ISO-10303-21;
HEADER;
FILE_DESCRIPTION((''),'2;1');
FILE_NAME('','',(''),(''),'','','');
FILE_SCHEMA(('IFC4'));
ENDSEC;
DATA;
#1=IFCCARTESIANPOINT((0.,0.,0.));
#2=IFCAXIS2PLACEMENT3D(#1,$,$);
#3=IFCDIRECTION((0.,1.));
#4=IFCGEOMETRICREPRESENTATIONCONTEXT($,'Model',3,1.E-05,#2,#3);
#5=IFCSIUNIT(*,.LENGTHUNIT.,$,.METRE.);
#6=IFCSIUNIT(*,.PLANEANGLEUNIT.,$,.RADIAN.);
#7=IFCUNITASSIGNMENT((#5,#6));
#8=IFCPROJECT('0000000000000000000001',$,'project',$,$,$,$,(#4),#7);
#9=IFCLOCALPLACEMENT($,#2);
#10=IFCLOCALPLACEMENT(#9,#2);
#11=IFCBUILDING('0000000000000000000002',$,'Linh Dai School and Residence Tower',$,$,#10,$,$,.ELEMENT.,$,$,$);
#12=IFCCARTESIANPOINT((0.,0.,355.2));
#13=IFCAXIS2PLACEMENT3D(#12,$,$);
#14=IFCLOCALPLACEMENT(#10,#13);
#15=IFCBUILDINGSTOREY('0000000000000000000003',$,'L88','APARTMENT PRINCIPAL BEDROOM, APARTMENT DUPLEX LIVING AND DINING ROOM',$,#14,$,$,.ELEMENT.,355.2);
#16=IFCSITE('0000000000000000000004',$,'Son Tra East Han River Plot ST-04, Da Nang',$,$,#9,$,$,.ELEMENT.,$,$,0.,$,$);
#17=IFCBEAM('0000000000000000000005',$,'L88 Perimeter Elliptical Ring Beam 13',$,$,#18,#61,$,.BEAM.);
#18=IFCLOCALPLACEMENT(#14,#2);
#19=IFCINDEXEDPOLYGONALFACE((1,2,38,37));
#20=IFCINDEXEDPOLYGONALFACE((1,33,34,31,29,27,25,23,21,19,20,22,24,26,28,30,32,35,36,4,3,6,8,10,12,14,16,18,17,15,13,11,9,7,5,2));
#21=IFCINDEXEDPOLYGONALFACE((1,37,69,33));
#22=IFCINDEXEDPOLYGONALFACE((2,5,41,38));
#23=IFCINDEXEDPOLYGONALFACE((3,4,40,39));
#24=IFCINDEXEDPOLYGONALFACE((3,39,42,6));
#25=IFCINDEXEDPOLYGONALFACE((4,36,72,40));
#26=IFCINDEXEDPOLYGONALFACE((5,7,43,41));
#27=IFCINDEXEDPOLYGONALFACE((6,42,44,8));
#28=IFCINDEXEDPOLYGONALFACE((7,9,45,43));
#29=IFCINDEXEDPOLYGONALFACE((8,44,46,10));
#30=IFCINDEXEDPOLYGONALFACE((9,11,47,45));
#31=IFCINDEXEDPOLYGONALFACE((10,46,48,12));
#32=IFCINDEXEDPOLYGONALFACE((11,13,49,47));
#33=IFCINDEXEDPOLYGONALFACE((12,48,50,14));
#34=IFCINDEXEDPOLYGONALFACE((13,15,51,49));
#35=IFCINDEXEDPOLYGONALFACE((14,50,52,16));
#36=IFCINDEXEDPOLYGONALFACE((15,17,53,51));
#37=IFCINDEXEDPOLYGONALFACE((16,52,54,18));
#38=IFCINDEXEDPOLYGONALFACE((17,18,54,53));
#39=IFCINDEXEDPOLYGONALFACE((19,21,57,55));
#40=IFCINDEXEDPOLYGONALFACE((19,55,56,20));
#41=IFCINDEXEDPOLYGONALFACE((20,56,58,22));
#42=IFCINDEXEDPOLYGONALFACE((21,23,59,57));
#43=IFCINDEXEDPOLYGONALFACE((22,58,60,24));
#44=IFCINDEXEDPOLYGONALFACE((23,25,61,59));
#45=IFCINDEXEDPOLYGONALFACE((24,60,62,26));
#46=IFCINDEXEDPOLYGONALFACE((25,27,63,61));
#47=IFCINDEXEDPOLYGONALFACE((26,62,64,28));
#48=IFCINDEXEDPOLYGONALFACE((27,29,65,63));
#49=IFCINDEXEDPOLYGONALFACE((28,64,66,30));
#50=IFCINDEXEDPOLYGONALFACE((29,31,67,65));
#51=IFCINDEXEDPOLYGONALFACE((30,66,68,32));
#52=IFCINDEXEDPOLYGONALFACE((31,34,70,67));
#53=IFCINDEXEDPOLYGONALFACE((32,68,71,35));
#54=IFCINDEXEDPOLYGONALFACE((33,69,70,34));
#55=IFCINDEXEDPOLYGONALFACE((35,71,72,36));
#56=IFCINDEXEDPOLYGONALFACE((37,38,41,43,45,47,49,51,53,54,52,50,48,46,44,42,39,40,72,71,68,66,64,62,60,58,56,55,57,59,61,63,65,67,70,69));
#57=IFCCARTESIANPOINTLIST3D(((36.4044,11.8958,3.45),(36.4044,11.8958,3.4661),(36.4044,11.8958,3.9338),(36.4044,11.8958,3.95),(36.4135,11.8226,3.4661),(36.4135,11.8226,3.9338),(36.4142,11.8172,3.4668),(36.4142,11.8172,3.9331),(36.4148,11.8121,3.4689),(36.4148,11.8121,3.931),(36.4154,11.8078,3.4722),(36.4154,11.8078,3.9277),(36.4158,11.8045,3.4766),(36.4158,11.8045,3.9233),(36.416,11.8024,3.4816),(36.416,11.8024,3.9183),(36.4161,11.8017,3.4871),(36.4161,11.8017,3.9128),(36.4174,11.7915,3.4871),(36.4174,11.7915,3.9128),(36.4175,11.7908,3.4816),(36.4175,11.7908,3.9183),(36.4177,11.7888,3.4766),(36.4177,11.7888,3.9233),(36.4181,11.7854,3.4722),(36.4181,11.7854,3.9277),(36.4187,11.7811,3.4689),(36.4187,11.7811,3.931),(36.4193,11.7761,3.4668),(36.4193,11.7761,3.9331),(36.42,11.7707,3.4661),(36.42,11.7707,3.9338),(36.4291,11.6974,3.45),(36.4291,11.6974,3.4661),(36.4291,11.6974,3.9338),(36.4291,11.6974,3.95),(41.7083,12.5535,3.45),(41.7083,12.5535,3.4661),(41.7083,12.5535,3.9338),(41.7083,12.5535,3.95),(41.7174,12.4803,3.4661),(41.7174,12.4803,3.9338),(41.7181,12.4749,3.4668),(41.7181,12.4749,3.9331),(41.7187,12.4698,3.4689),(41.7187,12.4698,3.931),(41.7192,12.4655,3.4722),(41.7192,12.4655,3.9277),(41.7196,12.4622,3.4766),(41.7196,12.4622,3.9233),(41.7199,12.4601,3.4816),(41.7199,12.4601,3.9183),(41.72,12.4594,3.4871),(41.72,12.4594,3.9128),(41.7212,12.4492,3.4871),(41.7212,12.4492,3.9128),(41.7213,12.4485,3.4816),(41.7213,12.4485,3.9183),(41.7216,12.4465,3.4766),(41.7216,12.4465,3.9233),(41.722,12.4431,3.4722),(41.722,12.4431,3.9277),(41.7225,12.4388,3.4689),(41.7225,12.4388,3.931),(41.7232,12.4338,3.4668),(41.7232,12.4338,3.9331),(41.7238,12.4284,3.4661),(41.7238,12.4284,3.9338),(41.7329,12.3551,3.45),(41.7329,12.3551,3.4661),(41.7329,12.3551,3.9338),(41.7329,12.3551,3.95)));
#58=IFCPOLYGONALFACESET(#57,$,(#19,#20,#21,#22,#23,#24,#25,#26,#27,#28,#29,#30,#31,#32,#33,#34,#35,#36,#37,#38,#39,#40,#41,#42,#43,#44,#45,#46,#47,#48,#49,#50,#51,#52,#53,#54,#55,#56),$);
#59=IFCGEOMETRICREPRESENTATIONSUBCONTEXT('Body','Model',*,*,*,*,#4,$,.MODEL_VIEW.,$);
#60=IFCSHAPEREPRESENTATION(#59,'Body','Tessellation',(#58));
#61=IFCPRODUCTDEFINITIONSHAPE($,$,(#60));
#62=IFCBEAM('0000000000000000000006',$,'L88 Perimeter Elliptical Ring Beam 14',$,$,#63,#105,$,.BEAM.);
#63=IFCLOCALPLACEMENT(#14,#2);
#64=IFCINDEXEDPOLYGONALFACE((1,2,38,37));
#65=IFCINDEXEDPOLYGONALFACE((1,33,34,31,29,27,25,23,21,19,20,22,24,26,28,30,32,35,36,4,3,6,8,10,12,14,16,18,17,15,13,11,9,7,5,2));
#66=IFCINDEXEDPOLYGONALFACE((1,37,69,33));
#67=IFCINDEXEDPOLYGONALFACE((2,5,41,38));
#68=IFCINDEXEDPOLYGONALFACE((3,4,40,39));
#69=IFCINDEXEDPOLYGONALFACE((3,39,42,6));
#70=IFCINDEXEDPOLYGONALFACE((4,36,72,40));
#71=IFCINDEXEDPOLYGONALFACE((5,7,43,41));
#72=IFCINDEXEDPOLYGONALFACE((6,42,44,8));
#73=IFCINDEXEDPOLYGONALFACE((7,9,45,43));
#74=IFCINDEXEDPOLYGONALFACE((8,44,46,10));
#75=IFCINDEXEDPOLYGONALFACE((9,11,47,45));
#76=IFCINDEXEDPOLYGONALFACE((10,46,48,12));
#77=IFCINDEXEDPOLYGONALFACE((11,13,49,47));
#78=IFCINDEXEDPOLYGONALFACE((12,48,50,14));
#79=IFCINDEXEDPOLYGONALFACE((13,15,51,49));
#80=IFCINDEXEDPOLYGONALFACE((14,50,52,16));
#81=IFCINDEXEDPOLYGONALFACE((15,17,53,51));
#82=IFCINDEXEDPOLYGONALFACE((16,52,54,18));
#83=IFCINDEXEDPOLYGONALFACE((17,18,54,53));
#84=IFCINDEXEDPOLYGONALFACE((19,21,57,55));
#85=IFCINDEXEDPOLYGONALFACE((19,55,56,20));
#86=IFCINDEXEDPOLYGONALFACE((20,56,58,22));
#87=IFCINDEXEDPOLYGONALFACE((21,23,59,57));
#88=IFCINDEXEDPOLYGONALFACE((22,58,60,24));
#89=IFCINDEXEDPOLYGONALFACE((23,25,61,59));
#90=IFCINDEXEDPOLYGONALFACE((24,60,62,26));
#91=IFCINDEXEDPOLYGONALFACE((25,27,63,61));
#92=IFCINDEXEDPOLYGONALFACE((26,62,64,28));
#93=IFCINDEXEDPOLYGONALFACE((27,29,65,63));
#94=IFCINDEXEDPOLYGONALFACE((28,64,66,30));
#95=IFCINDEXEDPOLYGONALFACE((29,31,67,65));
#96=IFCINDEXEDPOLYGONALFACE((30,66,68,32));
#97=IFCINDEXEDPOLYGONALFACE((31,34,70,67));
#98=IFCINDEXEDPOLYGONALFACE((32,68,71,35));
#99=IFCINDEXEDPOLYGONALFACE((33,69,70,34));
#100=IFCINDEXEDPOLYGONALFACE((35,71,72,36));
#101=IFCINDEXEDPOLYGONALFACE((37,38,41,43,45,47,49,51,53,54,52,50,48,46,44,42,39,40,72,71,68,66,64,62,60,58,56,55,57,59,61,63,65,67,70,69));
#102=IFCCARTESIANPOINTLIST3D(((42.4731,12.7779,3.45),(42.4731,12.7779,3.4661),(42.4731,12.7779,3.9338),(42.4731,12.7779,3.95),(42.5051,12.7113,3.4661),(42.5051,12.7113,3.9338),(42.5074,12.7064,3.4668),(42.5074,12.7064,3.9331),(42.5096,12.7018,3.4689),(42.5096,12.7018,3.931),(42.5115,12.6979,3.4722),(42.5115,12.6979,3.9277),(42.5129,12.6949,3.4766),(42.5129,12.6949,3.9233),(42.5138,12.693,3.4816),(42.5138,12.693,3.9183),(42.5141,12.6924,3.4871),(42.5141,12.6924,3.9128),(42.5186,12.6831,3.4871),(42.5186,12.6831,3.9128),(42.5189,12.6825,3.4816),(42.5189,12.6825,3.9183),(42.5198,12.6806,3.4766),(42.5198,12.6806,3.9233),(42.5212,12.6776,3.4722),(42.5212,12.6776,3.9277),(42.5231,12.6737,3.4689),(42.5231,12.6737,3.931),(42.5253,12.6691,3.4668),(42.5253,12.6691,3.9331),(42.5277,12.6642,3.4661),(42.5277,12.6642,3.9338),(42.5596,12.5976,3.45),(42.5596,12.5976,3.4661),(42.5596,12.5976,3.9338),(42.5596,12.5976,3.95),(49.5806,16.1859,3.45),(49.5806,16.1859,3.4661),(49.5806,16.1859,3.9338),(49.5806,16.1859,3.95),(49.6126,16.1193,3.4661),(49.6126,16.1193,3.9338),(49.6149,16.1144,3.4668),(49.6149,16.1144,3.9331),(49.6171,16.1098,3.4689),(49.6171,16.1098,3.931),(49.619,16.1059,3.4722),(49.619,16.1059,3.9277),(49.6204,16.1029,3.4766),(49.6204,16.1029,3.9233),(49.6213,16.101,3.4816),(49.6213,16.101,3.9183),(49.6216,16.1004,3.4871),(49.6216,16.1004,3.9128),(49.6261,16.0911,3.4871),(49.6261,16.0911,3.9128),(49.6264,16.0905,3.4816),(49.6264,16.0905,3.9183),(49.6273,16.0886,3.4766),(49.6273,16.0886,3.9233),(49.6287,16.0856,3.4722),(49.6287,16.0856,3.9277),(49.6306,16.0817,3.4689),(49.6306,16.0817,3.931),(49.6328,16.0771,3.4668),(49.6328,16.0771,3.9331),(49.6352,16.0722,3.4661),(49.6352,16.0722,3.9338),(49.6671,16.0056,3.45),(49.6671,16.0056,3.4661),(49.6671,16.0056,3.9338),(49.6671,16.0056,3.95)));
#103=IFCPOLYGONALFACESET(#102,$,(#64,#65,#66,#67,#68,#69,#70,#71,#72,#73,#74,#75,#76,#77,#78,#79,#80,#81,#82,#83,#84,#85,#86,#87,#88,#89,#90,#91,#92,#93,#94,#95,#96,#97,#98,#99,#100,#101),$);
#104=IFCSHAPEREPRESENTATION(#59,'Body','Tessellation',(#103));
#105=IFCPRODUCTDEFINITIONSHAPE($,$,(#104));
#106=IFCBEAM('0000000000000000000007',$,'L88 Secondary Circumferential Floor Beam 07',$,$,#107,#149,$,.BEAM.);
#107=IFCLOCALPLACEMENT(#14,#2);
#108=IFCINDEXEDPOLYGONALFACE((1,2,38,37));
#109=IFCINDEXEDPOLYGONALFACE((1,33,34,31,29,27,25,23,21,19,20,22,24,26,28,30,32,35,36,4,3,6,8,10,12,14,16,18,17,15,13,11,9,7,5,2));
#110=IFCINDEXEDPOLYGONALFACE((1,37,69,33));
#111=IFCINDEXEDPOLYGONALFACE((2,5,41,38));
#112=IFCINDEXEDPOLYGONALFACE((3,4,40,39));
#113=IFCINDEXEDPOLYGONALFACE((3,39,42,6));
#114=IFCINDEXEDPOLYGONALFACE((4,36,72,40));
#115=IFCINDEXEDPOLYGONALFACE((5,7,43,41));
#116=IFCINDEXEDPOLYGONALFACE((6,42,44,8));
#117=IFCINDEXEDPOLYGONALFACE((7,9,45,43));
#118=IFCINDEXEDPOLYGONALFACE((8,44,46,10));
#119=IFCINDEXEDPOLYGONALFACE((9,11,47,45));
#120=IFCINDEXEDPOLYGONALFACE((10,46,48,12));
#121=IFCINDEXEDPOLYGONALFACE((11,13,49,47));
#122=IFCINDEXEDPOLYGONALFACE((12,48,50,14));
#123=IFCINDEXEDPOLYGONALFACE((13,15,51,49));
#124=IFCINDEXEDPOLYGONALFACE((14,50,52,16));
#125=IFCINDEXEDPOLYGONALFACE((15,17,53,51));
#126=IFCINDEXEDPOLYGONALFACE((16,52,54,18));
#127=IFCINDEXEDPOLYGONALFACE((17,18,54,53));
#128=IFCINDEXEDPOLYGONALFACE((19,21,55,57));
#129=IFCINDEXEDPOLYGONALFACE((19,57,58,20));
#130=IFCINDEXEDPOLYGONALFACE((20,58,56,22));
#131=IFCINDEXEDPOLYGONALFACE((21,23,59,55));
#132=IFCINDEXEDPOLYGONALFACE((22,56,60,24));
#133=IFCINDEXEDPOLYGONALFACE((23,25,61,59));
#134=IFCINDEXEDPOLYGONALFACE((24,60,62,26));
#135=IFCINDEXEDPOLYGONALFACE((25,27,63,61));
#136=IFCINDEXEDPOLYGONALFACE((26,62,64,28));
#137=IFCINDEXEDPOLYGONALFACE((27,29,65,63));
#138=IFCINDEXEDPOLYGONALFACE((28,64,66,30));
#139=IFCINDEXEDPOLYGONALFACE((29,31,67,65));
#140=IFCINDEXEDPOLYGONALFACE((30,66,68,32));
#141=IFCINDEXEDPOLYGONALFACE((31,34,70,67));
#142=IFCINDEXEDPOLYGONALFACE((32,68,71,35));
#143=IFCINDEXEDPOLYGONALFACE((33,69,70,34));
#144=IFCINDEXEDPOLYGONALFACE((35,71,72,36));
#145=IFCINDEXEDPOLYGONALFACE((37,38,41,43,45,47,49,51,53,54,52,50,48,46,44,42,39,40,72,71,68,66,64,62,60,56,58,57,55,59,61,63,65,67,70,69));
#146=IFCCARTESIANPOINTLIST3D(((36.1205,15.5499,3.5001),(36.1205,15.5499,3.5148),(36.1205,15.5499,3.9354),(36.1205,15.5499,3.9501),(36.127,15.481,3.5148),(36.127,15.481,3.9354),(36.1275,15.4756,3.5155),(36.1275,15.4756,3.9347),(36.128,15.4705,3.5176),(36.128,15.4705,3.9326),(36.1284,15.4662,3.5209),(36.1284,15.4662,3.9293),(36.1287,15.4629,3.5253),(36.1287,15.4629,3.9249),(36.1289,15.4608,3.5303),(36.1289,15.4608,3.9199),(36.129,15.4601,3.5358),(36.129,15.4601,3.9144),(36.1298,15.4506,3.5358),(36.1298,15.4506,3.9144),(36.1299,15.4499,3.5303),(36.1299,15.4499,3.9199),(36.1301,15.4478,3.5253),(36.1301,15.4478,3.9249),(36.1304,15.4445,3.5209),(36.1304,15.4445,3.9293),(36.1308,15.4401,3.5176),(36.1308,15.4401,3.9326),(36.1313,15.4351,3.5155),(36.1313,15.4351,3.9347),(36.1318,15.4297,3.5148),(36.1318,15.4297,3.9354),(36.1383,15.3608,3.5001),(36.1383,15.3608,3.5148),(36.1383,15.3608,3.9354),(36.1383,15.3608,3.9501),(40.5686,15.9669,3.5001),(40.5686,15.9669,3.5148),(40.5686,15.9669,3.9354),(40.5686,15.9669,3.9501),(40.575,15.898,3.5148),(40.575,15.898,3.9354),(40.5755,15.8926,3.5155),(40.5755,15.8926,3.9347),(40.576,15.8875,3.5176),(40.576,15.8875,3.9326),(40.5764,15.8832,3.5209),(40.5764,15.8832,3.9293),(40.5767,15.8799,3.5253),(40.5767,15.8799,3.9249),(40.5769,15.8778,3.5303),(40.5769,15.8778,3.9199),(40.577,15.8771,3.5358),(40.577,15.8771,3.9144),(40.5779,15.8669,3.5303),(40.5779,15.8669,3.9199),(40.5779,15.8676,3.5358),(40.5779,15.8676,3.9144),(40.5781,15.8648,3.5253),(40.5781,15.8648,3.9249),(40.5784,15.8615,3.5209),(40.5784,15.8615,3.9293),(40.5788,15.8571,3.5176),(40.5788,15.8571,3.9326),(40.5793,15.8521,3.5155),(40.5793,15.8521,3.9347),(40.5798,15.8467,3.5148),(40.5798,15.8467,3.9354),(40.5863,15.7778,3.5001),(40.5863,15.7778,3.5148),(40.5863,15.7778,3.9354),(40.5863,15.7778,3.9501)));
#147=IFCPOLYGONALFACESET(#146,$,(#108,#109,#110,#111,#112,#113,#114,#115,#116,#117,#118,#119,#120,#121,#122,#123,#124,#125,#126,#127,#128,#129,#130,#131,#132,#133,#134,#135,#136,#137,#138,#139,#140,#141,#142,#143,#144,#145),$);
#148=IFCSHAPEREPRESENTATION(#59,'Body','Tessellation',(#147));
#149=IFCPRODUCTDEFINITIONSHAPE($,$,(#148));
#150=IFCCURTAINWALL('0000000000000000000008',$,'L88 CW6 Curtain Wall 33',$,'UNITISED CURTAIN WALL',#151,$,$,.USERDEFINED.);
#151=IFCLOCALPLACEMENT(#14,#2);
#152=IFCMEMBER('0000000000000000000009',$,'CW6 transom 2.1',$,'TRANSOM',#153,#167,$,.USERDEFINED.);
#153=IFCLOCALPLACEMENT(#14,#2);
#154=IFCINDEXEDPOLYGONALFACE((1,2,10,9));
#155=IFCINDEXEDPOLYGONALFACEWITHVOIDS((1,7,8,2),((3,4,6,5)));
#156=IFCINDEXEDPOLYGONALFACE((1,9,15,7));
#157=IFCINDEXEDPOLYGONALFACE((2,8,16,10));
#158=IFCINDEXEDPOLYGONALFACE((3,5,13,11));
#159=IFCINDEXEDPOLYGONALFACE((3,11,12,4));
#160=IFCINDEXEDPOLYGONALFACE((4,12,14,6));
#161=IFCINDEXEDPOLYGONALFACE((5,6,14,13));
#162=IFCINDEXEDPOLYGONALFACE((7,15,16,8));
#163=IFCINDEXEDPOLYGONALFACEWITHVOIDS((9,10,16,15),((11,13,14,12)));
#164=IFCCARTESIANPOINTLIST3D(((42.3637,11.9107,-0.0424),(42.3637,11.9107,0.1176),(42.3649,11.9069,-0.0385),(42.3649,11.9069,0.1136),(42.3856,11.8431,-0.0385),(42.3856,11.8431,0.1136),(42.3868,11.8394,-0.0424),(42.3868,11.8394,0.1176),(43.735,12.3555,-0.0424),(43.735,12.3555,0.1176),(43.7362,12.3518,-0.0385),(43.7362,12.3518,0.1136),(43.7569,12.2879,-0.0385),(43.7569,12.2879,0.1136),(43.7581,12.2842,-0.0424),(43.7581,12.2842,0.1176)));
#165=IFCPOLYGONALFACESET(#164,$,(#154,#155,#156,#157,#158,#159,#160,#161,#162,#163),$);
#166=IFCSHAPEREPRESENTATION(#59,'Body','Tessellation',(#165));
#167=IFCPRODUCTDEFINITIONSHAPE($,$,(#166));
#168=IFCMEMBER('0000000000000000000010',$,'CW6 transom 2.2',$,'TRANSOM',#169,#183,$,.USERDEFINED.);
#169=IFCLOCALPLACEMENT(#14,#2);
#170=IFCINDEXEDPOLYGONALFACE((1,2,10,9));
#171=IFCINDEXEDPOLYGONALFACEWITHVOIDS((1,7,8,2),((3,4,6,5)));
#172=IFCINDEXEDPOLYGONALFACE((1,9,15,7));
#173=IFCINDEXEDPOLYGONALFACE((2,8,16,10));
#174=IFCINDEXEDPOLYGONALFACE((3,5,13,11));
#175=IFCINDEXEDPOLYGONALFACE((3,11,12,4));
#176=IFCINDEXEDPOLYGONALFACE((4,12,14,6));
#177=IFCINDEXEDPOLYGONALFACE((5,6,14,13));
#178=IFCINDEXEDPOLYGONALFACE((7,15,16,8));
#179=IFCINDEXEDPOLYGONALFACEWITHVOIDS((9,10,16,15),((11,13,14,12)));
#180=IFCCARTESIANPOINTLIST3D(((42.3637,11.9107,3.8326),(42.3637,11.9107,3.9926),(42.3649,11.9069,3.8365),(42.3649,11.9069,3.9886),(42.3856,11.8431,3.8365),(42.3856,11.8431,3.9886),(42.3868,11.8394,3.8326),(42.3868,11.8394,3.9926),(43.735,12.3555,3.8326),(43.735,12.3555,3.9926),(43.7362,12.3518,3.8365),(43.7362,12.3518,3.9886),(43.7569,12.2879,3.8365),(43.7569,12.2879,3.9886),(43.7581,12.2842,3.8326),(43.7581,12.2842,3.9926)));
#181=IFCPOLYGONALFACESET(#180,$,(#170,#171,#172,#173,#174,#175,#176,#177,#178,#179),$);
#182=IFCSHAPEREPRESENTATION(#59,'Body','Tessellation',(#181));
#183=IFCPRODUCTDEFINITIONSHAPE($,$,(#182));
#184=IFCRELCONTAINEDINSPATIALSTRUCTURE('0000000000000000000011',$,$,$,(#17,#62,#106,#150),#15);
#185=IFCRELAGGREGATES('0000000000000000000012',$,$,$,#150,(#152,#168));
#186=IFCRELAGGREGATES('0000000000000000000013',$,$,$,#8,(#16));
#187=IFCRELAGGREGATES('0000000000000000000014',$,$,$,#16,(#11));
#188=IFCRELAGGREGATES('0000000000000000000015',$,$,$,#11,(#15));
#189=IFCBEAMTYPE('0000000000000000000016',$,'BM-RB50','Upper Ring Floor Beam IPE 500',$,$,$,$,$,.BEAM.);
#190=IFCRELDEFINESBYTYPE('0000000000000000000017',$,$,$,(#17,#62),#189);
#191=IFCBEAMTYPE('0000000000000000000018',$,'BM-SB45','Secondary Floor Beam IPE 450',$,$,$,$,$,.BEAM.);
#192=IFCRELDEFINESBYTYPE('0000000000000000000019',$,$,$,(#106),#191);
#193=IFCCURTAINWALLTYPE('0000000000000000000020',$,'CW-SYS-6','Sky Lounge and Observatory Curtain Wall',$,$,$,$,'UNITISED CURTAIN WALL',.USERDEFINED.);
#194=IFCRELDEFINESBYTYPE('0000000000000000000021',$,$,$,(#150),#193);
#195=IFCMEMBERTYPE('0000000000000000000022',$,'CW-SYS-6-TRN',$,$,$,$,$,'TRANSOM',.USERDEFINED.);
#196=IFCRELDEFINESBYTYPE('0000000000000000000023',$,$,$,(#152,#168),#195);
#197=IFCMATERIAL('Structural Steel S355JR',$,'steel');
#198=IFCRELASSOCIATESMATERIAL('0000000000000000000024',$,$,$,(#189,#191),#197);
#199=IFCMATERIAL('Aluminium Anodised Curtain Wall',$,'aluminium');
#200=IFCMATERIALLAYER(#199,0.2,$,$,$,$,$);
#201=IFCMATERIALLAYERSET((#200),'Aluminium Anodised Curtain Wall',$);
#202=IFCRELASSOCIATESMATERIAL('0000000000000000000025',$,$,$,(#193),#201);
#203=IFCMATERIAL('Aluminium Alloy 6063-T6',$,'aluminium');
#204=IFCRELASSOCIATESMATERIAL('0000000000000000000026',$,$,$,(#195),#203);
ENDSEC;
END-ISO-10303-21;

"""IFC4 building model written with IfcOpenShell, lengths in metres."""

from ifc_helpers import new_model, si_unit, direction, frame, origin, origin_2d, place, context, subcontext, project, spatial, hollow_rectangle, i_section, extrude, source, transform, mapped, material, layer, layer_set, material_profile, profile_set, type_object, element, aggregate, save


model = new_model("IFC4")

# Units and contexts
model_context = context("Model", 3, precision=1e-05, world=origin(), true_north=direction((0.0, 1.0)))
body_context = subcontext(model_context, "Body", "Model", "MODEL_VIEW")
ifc_project = project(units=[si_unit("LENGTHUNIT", "METRE"), si_unit("PLANEANGLEUNIT", "RADIAN")], contexts=[model_context])

# Site, building, storey
site_placement = place(None, origin())
site = spatial("IfcSite", under=ifc_project, at=site_placement, Name="Son Tra East Han River Plot ST-04, Da Nang", CompositionType="ELEMENT", RefElevation=0.0)
building_placement = place(site_placement, origin())
building = spatial("IfcBuilding", under=site, at=building_placement, Name="Linh Dai School and Residence Tower", CompositionType="ELEMENT")
storey_placement = place(building_placement, frame((0.0, 0.0, 355.2)))
storey = spatial("IfcBuildingStorey", under=building, at=storey_placement, Name="L88", Description="APARTMENT PRINCIPAL BEDROOM, APARTMENT DUPLEX LIVING AND DINING ROOM", CompositionType="ELEMENT", Elevation=355.2)

# Shared definitions
ifc_material_1 = material(Name="Structural Steel S355JR", Category="steel")

# Beams
ifc_material_profile_1 = material_profile(ifc_material_1, i_section(OverallWidth=0.2, OverallDepth=0.5, WebThickness=0.0103, FlangeThickness=0.0161, FilletRadius=0.021, at=origin_2d()), Name="IPE 500")
ifc_profile_set_1 = profile_set([ifc_material_profile_1], Name="Structural Steel S355JR")
beam_type_1 = type_object("IfcBeamType", Name="BM-RB50", Description="Upper Ring Floor Beam IPE 500", PredefinedType="BEAM", material=ifc_profile_set_1)
beam_1_placement = place(storey_placement, frame((36.4167, 11.7966, 3.7), z_axis=(0.992399, 0.123062, 0.0), x_axis=(-0.123062, 0.992399, 0.0)))
element("IfcBeam", 1, at=beam_1_placement, inside=storey, type_object=beam_type_1, Name="L88 Perimeter Elliptical Ring Beam 13", PredefinedType="BEAM", context=body_context, shape_type="SweptSolid", body=[
    extrude(i_section(OverallWidth=0.2, OverallDepth=0.5, WebThickness=0.0103, FlangeThickness=0.0161, FilletRadius=0.021, at=origin_2d()), origin(), (0.0, 0.0, 1.0), 5.3445),
])
beam_2_placement = place(storey_placement, frame((42.5164, 12.6877, 3.7), z_axis=(0.901701, 0.432359, 0.0), x_axis=(-0.432359, 0.901701, 0.0)))
element("IfcBeam", 2, at=beam_2_placement, inside=storey, type_object=beam_type_1, Name="L88 Perimeter Elliptical Ring Beam 14", PredefinedType="BEAM", context=body_context, shape_type="SweptSolid", body=[
    extrude(i_section(OverallWidth=0.2, OverallDepth=0.5, WebThickness=0.0103, FlangeThickness=0.0161, FilletRadius=0.021, at=origin_2d()), origin(), (0.0, 0.0, 1.0), 7.8823),
])
ifc_material_profile_2 = material_profile(ifc_material_1, i_section(OverallWidth=0.1899, OverallDepth=0.45, WebThickness=0.0095, FlangeThickness=0.0146, FilletRadius=0.021, at=origin_2d()), Name="IPE 450")
ifc_profile_set_2 = profile_set([ifc_material_profile_2], Name="Structural Steel S355JR")
beam_type_2 = type_object("IfcBeamType", Name="BM-SB45", Description="Secondary Floor Beam IPE 450", PredefinedType="BEAM", material=ifc_profile_set_2)
beam_3_placement = place(storey_placement, frame((36.1294, 15.4553, 3.7251), z_axis=(0.995634, 0.093339, 0.0), x_axis=(-0.093339, 0.995634, 0.0)))
element("IfcBeam", 3, at=beam_3_placement, inside=storey, type_object=beam_type_2, Name="L88 Secondary Circumferential Floor Beam 07", PredefinedType="BEAM", context=body_context, shape_type="SweptSolid", body=[
    extrude(i_section(OverallWidth=0.1899, OverallDepth=0.45, WebThickness=0.0095, FlangeThickness=0.0146, FilletRadius=0.021, at=origin_2d()), origin(), (0.0, 0.0, 1.0), 4.4675),
])

# Curtain wall, members
ifc_material_2 = material(Name="Aluminium Anodised Curtain Wall", Category="aluminium")
ifc_layer_1 = layer(ifc_material_2, 0.2)
ifc_layer_set_1 = layer_set([ifc_layer_1], Name="Aluminium Anodised Curtain Wall")
curtain_wall_type = type_object("IfcCurtainWallType", Name="CW-SYS-6", Description="Sky Lounge and Observatory Curtain Wall", ElementType="UNITISED CURTAIN WALL", PredefinedType="USERDEFINED", material=ifc_layer_set_1)
curtain_wall_placement = place(storey_placement, origin())
curtain_wall = element("IfcCurtainWall", 4, at=curtain_wall_placement, inside=storey, type_object=curtain_wall_type, Name="L88 CW6 Curtain Wall 33", ObjectType="UNITISED CURTAIN WALL", PredefinedType="USERDEFINED")
ifc_material_3 = material(Name="Aluminium Alloy 6063-T6", Category="aluminium")
ifc_material_profile_3 = material_profile(ifc_material_3, hollow_rectangle(XDim=0.075, YDim=0.1599, WallThickness=0.0039, at=origin_2d()), Name="RHS 160x75x4")
ifc_profile_set_3 = profile_set([ifc_material_profile_3], Name="Aluminium Alloy 6063-T6")
member_type_1 = type_object("IfcMemberType", Name="CW-SYS-6-TRN", ElementType="TRANSOM", PredefinedType="USERDEFINED", material=ifc_profile_set_3)
shared_shape_1 = source(origin(), body_context, "Body", "SweptSolid", [
    extrude(hollow_rectangle(XDim=0.075, YDim=0.1599, WallThickness=0.0039, at=origin_2d()), origin(), (0.0, 0.0, 1.0), 1.4417),
])
member_1_placement = place(storey_placement, frame((43.7466, 12.3198, 0.0376), z_axis=(-0.951209, -0.308546, 0.0), x_axis=(0.308546, -0.951209, 0.0)))
member_1 = element("IfcMember", 5, at=member_1_placement, type_object=member_type_1, Name="CW6 transom 2.1", ObjectType="TRANSOM", PredefinedType="USERDEFINED", context=body_context, shape_type="MappedRepresentation", body=[
    mapped(shared_shape_1, transform((0.0, 0.0, 0.0), x_axis=(1.0, 0.0, 0.0), y_axis=(0.0, 1.0, 0.0), z_axis=(0.0, 0.0, 1.0), scale=1.0)),
])
member_2_placement = place(storey_placement, frame((43.7466, 12.3198, 3.9126), z_axis=(-0.951209, -0.308546, 0.0), x_axis=(0.308546, -0.951209, 0.0)))
member_2 = element("IfcMember", 6, at=member_2_placement, type_object=member_type_1, Name="CW6 transom 2.2", ObjectType="TRANSOM", PredefinedType="USERDEFINED", context=body_context, shape_type="MappedRepresentation", body=[
    mapped(shared_shape_1, transform((0.0, 0.0, 0.0), x_axis=(1.0, 0.0, 0.0), y_axis=(0.0, 1.0, 0.0), z_axis=(0.0, 0.0, 1.0), scale=1.0)),
])
aggregate(curtain_wall, [member_1, member_2])

save(model, "model.ifc")
